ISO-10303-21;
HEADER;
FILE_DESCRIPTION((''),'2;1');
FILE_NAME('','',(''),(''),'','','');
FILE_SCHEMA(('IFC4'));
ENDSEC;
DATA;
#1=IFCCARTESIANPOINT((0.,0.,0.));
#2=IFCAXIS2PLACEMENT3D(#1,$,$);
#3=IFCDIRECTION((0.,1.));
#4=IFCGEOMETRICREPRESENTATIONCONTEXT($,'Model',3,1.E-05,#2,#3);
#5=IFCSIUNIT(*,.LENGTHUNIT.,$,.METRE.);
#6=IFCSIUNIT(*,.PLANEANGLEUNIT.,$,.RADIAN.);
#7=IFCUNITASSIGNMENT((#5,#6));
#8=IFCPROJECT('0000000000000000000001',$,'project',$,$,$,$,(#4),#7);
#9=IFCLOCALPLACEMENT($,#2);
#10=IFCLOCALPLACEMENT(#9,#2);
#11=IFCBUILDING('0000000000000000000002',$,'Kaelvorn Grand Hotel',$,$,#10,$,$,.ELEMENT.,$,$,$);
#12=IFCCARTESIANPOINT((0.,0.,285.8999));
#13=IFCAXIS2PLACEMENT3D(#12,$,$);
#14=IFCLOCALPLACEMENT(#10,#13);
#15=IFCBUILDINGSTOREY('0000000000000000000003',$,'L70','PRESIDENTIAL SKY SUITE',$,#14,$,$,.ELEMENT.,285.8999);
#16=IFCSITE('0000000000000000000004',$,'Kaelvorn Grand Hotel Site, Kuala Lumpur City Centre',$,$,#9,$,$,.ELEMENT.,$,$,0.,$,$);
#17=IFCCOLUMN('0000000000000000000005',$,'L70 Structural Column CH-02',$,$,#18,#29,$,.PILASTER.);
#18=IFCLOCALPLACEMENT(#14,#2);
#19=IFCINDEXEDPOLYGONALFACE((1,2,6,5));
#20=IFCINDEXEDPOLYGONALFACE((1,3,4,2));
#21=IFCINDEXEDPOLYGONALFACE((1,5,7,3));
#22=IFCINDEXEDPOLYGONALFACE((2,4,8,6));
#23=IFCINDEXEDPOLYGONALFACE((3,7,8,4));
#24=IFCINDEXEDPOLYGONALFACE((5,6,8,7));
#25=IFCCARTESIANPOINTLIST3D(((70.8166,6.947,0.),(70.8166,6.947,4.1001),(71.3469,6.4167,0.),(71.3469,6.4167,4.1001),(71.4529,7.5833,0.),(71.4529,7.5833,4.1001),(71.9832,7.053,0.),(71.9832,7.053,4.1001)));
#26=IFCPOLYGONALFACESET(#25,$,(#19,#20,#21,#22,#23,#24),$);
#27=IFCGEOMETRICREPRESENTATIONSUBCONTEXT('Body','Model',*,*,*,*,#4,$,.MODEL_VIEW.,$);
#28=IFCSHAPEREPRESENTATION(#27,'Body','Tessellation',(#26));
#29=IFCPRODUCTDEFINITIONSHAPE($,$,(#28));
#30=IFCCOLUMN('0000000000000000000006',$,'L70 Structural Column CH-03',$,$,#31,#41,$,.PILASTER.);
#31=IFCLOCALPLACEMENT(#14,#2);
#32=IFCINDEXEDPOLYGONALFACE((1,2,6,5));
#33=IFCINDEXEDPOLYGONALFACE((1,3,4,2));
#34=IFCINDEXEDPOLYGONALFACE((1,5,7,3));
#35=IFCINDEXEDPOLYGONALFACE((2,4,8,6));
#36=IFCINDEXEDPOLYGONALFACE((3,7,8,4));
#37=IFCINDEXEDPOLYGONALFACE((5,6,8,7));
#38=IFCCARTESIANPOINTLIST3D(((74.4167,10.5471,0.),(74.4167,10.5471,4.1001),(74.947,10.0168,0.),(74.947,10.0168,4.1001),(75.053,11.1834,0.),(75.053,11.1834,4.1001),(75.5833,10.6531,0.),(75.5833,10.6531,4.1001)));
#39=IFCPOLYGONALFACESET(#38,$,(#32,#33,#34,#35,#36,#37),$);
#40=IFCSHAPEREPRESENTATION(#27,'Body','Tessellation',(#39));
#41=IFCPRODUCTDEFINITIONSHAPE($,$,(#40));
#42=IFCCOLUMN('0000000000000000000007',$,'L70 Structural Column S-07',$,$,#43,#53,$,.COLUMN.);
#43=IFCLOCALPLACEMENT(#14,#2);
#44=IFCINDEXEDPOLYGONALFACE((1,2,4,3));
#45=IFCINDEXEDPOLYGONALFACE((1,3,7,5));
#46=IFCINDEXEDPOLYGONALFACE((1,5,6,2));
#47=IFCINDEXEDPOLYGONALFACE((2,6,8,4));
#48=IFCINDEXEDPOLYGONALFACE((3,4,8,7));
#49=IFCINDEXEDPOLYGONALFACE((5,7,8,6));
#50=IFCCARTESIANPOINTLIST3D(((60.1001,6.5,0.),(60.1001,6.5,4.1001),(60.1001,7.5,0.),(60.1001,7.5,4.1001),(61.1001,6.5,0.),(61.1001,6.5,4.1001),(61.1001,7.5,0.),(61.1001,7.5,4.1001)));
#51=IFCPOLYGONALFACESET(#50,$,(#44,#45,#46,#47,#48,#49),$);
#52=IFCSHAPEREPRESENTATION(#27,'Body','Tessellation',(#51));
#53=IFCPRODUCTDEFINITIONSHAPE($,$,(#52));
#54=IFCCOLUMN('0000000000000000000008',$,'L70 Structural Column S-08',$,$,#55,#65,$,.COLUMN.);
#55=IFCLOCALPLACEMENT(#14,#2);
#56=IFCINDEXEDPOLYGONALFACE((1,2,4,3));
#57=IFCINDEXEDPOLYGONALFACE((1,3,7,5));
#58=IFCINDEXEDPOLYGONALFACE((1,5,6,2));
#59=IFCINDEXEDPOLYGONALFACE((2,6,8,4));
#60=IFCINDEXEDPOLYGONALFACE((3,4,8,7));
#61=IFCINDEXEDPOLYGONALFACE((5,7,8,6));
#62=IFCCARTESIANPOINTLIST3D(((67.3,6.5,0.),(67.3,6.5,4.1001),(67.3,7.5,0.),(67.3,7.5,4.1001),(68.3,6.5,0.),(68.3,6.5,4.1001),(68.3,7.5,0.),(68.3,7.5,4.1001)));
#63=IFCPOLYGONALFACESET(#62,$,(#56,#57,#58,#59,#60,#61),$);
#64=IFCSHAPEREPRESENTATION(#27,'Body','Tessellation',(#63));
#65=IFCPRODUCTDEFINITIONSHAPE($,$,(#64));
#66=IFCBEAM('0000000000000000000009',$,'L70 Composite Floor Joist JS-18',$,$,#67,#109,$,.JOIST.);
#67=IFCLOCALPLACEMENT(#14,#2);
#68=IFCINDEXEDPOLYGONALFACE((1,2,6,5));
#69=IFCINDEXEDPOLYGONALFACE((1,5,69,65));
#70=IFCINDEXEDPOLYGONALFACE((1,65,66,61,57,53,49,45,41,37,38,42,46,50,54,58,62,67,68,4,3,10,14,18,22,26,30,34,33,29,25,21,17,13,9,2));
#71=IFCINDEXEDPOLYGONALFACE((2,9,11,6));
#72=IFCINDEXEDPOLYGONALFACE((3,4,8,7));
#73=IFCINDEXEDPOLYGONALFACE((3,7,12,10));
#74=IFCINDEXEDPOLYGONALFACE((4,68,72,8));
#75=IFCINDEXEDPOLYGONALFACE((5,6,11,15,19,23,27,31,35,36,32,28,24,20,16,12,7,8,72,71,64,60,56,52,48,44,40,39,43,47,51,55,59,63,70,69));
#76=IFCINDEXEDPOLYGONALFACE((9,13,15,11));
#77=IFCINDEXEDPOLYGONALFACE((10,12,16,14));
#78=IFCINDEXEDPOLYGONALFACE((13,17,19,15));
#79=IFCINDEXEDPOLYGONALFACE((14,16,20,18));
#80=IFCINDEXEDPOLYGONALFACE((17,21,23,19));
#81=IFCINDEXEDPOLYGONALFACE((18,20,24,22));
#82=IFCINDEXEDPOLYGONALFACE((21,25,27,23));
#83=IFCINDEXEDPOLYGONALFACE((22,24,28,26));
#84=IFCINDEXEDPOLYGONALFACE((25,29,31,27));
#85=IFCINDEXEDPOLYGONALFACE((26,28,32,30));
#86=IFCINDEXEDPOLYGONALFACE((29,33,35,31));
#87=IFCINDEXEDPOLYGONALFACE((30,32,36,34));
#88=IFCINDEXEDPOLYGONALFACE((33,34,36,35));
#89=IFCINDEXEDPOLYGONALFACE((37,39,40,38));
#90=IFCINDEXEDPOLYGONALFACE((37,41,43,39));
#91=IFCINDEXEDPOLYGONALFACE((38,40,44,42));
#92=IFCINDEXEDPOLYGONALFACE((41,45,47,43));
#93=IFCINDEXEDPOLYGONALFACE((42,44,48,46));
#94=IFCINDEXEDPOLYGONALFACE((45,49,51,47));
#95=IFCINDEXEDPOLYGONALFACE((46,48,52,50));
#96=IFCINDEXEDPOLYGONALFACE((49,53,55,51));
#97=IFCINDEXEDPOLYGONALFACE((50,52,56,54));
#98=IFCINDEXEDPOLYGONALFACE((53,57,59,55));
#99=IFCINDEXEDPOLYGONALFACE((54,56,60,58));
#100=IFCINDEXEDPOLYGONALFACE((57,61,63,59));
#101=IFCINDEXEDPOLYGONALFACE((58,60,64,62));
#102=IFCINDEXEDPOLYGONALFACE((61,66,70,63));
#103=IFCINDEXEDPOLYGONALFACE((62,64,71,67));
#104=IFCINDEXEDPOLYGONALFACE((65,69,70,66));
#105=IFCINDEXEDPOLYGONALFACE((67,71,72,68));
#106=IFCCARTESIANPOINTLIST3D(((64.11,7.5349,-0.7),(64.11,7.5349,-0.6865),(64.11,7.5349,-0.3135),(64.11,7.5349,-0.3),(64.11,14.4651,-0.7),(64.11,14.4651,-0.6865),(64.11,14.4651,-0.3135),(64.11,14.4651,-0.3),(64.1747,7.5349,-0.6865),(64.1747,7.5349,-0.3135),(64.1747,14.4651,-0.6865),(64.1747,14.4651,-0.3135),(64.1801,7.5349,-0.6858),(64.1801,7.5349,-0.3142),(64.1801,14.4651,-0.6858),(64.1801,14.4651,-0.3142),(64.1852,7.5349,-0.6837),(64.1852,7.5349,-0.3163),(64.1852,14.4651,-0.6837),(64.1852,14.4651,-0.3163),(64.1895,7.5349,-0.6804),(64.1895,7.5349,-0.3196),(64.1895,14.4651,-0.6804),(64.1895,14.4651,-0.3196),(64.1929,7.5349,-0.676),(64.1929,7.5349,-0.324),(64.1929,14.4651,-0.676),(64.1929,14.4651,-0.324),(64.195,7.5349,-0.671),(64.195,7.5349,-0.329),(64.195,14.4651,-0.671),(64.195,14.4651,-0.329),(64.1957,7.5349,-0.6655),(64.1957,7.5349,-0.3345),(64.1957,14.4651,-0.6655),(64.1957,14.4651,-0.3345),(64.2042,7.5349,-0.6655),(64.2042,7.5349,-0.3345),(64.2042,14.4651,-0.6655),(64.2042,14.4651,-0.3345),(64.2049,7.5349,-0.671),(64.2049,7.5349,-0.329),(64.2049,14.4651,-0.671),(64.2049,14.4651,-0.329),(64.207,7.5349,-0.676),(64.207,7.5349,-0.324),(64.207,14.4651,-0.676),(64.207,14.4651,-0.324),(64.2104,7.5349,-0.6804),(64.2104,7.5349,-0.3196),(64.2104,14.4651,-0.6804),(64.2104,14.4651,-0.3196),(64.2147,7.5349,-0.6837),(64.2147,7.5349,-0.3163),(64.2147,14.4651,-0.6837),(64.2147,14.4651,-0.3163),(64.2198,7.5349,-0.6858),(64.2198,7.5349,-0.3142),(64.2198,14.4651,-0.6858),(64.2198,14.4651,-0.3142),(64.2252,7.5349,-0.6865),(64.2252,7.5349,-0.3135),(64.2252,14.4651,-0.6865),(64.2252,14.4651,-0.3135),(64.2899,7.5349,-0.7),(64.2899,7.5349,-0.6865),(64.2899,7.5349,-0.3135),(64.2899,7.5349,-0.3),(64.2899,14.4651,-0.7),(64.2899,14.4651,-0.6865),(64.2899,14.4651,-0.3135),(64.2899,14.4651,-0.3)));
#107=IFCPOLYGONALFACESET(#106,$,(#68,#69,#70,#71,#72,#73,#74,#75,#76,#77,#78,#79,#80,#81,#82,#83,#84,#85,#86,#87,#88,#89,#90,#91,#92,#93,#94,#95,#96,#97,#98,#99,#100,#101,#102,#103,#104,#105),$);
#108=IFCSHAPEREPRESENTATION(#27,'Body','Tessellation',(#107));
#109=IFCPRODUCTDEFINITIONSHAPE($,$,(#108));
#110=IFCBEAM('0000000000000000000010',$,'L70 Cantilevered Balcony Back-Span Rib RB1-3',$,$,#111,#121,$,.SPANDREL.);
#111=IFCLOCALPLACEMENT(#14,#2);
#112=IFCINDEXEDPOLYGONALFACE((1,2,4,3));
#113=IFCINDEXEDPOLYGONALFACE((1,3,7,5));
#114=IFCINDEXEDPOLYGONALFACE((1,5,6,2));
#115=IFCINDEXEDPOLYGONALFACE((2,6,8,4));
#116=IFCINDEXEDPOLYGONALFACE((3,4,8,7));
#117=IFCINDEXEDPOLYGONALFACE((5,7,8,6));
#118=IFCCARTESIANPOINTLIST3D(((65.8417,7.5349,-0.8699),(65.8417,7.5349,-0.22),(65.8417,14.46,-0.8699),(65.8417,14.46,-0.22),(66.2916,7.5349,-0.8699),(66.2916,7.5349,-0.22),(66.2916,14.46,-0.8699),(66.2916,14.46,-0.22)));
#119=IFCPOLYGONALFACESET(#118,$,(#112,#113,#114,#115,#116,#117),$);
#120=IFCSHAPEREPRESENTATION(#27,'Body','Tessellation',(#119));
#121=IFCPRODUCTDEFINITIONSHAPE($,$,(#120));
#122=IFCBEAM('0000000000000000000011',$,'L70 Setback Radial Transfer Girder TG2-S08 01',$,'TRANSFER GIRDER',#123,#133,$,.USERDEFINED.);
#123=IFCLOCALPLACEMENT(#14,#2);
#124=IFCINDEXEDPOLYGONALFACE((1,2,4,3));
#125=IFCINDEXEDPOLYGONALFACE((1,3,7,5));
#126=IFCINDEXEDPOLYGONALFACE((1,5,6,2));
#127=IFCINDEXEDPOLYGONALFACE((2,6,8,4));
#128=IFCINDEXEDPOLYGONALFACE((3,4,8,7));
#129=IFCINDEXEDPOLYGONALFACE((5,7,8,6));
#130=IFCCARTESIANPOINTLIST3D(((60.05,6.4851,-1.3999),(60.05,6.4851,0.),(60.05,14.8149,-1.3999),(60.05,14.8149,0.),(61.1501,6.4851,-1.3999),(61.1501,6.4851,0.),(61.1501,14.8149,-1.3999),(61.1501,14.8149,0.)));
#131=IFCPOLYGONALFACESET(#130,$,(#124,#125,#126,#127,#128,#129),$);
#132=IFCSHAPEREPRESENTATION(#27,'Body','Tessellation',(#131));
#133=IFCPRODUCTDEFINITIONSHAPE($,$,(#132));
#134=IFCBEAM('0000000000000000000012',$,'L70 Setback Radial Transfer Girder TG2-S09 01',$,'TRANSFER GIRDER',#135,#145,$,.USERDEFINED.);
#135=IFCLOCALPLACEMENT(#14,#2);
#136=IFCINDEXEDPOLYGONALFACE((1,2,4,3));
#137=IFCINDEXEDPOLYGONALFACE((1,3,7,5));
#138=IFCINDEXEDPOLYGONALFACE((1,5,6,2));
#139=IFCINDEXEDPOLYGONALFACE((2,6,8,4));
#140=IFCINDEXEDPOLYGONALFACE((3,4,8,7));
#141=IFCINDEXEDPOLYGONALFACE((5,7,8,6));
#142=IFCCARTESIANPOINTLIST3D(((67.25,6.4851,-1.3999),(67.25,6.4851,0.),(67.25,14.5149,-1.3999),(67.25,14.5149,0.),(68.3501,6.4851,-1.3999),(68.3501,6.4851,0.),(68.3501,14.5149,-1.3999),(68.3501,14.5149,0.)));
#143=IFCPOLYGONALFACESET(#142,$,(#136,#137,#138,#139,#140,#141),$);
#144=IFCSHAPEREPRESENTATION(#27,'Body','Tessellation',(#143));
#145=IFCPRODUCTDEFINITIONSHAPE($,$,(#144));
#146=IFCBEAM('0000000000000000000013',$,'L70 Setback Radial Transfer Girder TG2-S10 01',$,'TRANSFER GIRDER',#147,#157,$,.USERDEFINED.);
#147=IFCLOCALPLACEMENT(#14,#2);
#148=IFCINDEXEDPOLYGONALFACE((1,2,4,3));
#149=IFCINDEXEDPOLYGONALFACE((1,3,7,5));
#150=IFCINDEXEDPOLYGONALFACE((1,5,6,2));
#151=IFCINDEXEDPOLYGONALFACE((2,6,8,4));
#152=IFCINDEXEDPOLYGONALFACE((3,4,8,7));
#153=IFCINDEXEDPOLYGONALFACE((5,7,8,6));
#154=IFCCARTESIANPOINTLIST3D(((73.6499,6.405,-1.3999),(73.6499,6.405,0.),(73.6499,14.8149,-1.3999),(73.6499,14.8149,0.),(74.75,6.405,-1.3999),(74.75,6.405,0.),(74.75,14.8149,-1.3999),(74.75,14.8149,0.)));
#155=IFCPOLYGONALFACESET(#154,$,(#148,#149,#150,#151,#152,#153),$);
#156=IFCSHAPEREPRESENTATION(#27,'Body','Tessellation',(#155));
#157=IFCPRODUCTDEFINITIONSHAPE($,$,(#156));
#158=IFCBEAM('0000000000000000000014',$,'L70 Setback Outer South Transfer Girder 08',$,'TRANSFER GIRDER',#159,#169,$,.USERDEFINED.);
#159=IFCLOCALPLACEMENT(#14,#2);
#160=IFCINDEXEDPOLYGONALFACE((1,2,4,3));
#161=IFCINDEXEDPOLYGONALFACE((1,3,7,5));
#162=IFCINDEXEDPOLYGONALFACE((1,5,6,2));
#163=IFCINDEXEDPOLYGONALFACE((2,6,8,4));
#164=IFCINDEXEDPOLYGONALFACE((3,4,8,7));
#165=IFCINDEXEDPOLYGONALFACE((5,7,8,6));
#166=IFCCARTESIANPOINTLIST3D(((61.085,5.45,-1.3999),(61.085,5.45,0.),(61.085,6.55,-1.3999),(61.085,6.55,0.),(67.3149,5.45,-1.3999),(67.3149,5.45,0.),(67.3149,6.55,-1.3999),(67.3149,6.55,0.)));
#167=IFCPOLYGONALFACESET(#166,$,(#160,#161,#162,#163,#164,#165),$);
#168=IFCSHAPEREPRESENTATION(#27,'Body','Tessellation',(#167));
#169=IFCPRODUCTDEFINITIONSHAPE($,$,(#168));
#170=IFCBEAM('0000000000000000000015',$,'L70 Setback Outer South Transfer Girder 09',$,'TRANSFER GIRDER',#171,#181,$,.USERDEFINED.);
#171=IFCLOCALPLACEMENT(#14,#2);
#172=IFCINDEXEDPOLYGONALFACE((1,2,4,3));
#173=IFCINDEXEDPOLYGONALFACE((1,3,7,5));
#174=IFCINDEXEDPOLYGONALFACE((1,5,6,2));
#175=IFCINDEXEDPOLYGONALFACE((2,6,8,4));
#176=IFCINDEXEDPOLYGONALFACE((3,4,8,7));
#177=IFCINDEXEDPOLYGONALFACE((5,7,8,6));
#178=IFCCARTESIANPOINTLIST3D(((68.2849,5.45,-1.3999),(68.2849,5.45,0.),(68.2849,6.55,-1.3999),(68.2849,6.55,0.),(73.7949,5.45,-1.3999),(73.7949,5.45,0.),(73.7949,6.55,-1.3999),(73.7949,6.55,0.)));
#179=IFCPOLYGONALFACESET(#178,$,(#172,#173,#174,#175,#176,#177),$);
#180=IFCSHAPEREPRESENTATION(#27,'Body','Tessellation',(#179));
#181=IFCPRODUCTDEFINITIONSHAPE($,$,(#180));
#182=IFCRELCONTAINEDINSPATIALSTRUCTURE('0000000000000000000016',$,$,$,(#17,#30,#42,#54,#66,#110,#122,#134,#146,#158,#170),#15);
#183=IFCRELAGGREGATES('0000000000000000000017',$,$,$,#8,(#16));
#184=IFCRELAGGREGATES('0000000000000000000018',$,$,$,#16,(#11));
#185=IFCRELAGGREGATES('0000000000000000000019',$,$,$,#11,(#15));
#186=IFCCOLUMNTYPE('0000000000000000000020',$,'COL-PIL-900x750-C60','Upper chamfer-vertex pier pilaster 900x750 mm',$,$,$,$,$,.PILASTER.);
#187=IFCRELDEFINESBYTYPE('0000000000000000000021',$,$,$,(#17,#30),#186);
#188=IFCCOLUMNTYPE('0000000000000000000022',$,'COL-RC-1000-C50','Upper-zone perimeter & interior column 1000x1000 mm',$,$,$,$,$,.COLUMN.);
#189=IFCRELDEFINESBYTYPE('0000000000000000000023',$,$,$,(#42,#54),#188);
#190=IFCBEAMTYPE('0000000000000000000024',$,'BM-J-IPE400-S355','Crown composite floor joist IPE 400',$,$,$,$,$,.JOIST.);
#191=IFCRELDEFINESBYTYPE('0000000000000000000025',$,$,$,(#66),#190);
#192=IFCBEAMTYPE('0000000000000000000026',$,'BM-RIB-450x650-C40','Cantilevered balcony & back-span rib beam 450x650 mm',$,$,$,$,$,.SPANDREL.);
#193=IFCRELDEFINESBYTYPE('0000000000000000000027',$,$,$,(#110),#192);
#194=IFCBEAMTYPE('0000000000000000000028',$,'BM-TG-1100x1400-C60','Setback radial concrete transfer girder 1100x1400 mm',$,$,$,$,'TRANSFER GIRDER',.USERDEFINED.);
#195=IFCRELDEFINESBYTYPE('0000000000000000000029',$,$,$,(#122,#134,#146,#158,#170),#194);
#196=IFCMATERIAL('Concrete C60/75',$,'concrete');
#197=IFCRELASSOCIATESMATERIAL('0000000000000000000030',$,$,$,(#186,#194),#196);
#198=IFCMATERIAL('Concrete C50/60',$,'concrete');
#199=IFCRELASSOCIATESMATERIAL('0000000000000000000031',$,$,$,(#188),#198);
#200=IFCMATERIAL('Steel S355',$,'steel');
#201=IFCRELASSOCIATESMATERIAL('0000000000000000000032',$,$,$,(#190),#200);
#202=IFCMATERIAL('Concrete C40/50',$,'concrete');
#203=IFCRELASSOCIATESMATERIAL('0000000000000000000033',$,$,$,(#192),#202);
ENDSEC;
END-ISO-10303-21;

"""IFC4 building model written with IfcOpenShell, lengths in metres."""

from ifc_helpers import new_model, si_unit, direction, frame, origin, origin_2d, place, context, subcontext, project, spatial, rectangle, i_section, extrude, material, material_profile, profile_set, type_object, element, save


model = new_model("IFC4")

# Units and contexts
model_context = context("Model", 3, precision=1e-05, world=origin(), true_north=direction((0.0, 1.0)))
body_context = subcontext(model_context, "Body", "Model", "MODEL_VIEW")
ifc_project = project(units=[si_unit("LENGTHUNIT", "METRE"), si_unit("PLANEANGLEUNIT", "RADIAN")], contexts=[model_context])

# Site, building, storey
site_placement = place(None, origin())
site = spatial("IfcSite", under=ifc_project, at=site_placement, Name="Kaelvorn Grand Hotel Site, Kuala Lumpur City Centre", CompositionType="ELEMENT", RefElevation=0.0)
building_placement = place(site_placement, origin())
building = spatial("IfcBuilding", under=site, at=building_placement, Name="Kaelvorn Grand Hotel", CompositionType="ELEMENT")
storey_placement = place(building_placement, frame((0.0, 0.0, 285.8999)))
storey = spatial("IfcBuildingStorey", under=building, at=storey_placement, Name="L70", Description="PRESIDENTIAL SKY SUITE", CompositionType="ELEMENT", Elevation=285.8999)

# Columns
ifc_material_1 = material(Name="Concrete C60/75", Category="concrete")
ifc_material_profile_1 = material_profile(ifc_material_1, rectangle(XDim=0.8999, YDim=0.75, at=origin_2d()), Name="RC PILASTER 900x750")
ifc_profile_set_1 = profile_set([ifc_material_profile_1], Name="Concrete C60/75")
column_type_1 = type_object("IfcColumnType", Name="COL-PIL-900x750-C60", Description="Upper chamfer-vertex pier pilaster 900x750 mm", PredefinedType="PILASTER", material=ifc_profile_set_1)
for number, where, z_axis, x_axis, name in (
    (1, (71.3999, 7.0, 0.0), (0.0, 0.0, 1.0), (0.707107, 0.707107, 0.0), "L70 Structural Column CH-02"),
    (2, (75.0, 10.6001, 0.0), (0.0, 0.0, 1.0), (0.707107, 0.707107, 0.0), "L70 Structural Column CH-03"),
):
    element("IfcColumn", number, at=place(storey_placement, frame(where, z_axis=z_axis, x_axis=x_axis)), inside=storey, type_object=column_type_1, Name=name, PredefinedType="PILASTER", context=body_context, shape_type="SweptSolid", body=[
        extrude(rectangle(XDim=0.8999, YDim=0.75, at=origin_2d()), origin(), (0.0, 0.0, 1.0), 4.1001),
    ])
ifc_material_2 = material(Name="Concrete C50/60", Category="concrete")
ifc_material_profile_2 = material_profile(ifc_material_2, rectangle(XDim=1.0, YDim=1.0, at=origin_2d()), Name="RC COL 1000x1000")
ifc_profile_set_2 = profile_set([ifc_material_profile_2], Name="Concrete C50/60")
column_type_2 = type_object("IfcColumnType", Name="COL-RC-1000-C50", Description="Upper-zone perimeter & interior column 1000x1000 mm", PredefinedType="COLUMN", material=ifc_profile_set_2)
for number, where, z_axis, x_axis, name in (
    (3, (60.6001, 7.0, 0.0), (0.0, 0.0, 1.0), (1.0, 0.0, 0.0), "L70 Structural Column S-07"),
    (4, (67.8, 7.0, 0.0), (0.0, 0.0, 1.0), (1.0, 0.0, 0.0), "L70 Structural Column S-08"),
):
    element("IfcColumn", number, at=place(storey_placement, frame(where, z_axis=z_axis, x_axis=x_axis)), inside=storey, type_object=column_type_2, Name=name, PredefinedType="COLUMN", context=body_context, shape_type="SweptSolid", body=[
        extrude(rectangle(XDim=1.0, YDim=1.0, at=origin_2d()), origin(), (0.0, 0.0, 1.0), 4.1001),
    ])

# Beams
ifc_material_3 = material(Name="Steel S355", Category="steel")
ifc_material_profile_3 = material_profile(ifc_material_3, i_section(OverallWidth=0.1799, OverallDepth=0.3999, WebThickness=0.0085, FlangeThickness=0.0134, FilletRadius=0.021, at=origin_2d()), Name="IPE 400")
ifc_profile_set_3 = profile_set([ifc_material_profile_3], Name="Steel S355")
beam_type_1 = type_object("IfcBeamType", Name="BM-J-IPE400-S355", Description="Crown composite floor joist IPE 400", PredefinedType="JOIST", material=ifc_profile_set_3)
beam_1_placement = place(storey_placement, frame((64.2, 7.5349, -0.5), z_axis=(0.0, 1.0, 0.0), x_axis=(-1.0, 0.0, 0.0)))
element("IfcBeam", 5, at=beam_1_placement, inside=storey, type_object=beam_type_1, Name="L70 Composite Floor Joist JS-18", PredefinedType="JOIST", context=body_context, shape_type="SweptSolid", body=[
    extrude(i_section(OverallWidth=0.1799, OverallDepth=0.3999, WebThickness=0.0085, FlangeThickness=0.0134, FilletRadius=0.021, at=origin_2d()), origin(), (0.0, 0.0, 1.0), 6.9302),
])
ifc_material_4 = material(Name="Concrete C40/50", Category="concrete")
ifc_material_profile_4 = material_profile(ifc_material_4, rectangle(XDim=0.45, YDim=0.6499, at=origin_2d()), Name="RC RIB 450x650")
ifc_profile_set_4 = profile_set([ifc_material_profile_4], Name="Concrete C40/50")
beam_type_2 = type_object("IfcBeamType", Name="BM-RIB-450x650-C40", Description="Cantilevered balcony & back-span rib beam 450x650 mm", PredefinedType="SPANDREL", material=ifc_profile_set_4)
beam_2_placement = place(storey_placement, frame((66.0667, 7.5349, -0.5449), z_axis=(0.0, 1.0, 0.0), x_axis=(-1.0, 0.0, 0.0)))
element("IfcBeam", 6, at=beam_2_placement, inside=storey, type_object=beam_type_2, Name="L70 Cantilevered Balcony Back-Span Rib RB1-3", PredefinedType="SPANDREL", context=body_context, shape_type="SweptSolid", body=[
    extrude(rectangle(XDim=0.45, YDim=0.6499, at=origin_2d()), origin(), (0.0, 0.0, 1.0), 6.925),
])
ifc_material_profile_5 = material_profile(ifc_material_1, rectangle(XDim=1.1001, YDim=1.3999, at=origin_2d()), Name="RC TG 1100x1400")
ifc_profile_set_5 = profile_set([ifc_material_profile_5], Name="Concrete C60/75")
beam_type_3 = type_object("IfcBeamType", Name="BM-TG-1100x1400-C60", Description="Setback radial concrete transfer girder 1100x1400 mm", ElementType="TRANSFER GIRDER", PredefinedType="USERDEFINED", material=ifc_profile_set_5)
beam_3_placement = place(storey_placement, frame((60.6001, 6.4851, -0.7), z_axis=(0.0, 1.0, 0.0), x_axis=(-1.0, 0.0, 0.0)))
element("IfcBeam", 7, at=beam_3_placement, inside=storey, type_object=beam_type_3, Name="L70 Setback Radial Transfer Girder TG2-S08 01", ObjectType="TRANSFER GIRDER", PredefinedType="USERDEFINED", context=body_context, shape_type="SweptSolid", body=[
    extrude(rectangle(XDim=1.1001, YDim=1.3999, at=origin_2d()), origin(), (0.0, 0.0, 1.0), 8.3298),
])
beam_4_placement = place(storey_placement, frame((67.8, 6.4851, -0.7), z_axis=(0.0, 1.0, 0.0), x_axis=(-1.0, 0.0, 0.0)))
element("IfcBeam", 8, at=beam_4_placement, inside=storey, type_object=beam_type_3, Name="L70 Setback Radial Transfer Girder TG2-S09 01", ObjectType="TRANSFER GIRDER", PredefinedType="USERDEFINED", context=body_context, shape_type="SweptSolid", body=[
    extrude(rectangle(XDim=1.1001, YDim=1.3999, at=origin_2d()), origin(), (0.0, 0.0, 1.0), 8.0298),
])
beam_5_placement = place(storey_placement, frame((74.2, 6.405, -0.7), z_axis=(0.0, 1.0, 0.0), x_axis=(-1.0, 0.0, 0.0)))
element("IfcBeam", 9, at=beam_5_placement, inside=storey, type_object=beam_type_3, Name="L70 Setback Radial Transfer Girder TG2-S10 01", ObjectType="TRANSFER GIRDER", PredefinedType="USERDEFINED", context=body_context, shape_type="SweptSolid", body=[
    extrude(rectangle(XDim=1.1001, YDim=1.3999, at=origin_2d()), origin(), (0.0, 0.0, 1.0), 8.4099),
])
beam_6_placement = place(storey_placement, frame((61.085, 6.0, -0.7), z_axis=(1.0, 0.0, 0.0), x_axis=(0.0, 1.0, 0.0)))
element("IfcBeam", 10, at=beam_6_placement, inside=storey, type_object=beam_type_3, Name="L70 Setback Outer South Transfer Girder 08", ObjectType="TRANSFER GIRDER", PredefinedType="USERDEFINED", context=body_context, shape_type="SweptSolid", body=[
    extrude(rectangle(XDim=1.1001, YDim=1.3999, at=origin_2d()), origin(), (0.0, 0.0, 1.0), 6.23),
])
beam_7_placement = place(storey_placement, frame((68.2849, 6.0, -0.7), z_axis=(1.0, 0.0, 0.0), x_axis=(0.0, 1.0, 0.0)))
element("IfcBeam", 11, at=beam_7_placement, inside=storey, type_object=beam_type_3, Name="L70 Setback Outer South Transfer Girder 09", ObjectType="TRANSFER GIRDER", PredefinedType="USERDEFINED", context=body_context, shape_type="SweptSolid", body=[
    extrude(rectangle(XDim=1.1001, YDim=1.3999, at=origin_2d()), origin(), (0.0, 0.0, 1.0), 5.51),
])

save(model, "model.ifc")
